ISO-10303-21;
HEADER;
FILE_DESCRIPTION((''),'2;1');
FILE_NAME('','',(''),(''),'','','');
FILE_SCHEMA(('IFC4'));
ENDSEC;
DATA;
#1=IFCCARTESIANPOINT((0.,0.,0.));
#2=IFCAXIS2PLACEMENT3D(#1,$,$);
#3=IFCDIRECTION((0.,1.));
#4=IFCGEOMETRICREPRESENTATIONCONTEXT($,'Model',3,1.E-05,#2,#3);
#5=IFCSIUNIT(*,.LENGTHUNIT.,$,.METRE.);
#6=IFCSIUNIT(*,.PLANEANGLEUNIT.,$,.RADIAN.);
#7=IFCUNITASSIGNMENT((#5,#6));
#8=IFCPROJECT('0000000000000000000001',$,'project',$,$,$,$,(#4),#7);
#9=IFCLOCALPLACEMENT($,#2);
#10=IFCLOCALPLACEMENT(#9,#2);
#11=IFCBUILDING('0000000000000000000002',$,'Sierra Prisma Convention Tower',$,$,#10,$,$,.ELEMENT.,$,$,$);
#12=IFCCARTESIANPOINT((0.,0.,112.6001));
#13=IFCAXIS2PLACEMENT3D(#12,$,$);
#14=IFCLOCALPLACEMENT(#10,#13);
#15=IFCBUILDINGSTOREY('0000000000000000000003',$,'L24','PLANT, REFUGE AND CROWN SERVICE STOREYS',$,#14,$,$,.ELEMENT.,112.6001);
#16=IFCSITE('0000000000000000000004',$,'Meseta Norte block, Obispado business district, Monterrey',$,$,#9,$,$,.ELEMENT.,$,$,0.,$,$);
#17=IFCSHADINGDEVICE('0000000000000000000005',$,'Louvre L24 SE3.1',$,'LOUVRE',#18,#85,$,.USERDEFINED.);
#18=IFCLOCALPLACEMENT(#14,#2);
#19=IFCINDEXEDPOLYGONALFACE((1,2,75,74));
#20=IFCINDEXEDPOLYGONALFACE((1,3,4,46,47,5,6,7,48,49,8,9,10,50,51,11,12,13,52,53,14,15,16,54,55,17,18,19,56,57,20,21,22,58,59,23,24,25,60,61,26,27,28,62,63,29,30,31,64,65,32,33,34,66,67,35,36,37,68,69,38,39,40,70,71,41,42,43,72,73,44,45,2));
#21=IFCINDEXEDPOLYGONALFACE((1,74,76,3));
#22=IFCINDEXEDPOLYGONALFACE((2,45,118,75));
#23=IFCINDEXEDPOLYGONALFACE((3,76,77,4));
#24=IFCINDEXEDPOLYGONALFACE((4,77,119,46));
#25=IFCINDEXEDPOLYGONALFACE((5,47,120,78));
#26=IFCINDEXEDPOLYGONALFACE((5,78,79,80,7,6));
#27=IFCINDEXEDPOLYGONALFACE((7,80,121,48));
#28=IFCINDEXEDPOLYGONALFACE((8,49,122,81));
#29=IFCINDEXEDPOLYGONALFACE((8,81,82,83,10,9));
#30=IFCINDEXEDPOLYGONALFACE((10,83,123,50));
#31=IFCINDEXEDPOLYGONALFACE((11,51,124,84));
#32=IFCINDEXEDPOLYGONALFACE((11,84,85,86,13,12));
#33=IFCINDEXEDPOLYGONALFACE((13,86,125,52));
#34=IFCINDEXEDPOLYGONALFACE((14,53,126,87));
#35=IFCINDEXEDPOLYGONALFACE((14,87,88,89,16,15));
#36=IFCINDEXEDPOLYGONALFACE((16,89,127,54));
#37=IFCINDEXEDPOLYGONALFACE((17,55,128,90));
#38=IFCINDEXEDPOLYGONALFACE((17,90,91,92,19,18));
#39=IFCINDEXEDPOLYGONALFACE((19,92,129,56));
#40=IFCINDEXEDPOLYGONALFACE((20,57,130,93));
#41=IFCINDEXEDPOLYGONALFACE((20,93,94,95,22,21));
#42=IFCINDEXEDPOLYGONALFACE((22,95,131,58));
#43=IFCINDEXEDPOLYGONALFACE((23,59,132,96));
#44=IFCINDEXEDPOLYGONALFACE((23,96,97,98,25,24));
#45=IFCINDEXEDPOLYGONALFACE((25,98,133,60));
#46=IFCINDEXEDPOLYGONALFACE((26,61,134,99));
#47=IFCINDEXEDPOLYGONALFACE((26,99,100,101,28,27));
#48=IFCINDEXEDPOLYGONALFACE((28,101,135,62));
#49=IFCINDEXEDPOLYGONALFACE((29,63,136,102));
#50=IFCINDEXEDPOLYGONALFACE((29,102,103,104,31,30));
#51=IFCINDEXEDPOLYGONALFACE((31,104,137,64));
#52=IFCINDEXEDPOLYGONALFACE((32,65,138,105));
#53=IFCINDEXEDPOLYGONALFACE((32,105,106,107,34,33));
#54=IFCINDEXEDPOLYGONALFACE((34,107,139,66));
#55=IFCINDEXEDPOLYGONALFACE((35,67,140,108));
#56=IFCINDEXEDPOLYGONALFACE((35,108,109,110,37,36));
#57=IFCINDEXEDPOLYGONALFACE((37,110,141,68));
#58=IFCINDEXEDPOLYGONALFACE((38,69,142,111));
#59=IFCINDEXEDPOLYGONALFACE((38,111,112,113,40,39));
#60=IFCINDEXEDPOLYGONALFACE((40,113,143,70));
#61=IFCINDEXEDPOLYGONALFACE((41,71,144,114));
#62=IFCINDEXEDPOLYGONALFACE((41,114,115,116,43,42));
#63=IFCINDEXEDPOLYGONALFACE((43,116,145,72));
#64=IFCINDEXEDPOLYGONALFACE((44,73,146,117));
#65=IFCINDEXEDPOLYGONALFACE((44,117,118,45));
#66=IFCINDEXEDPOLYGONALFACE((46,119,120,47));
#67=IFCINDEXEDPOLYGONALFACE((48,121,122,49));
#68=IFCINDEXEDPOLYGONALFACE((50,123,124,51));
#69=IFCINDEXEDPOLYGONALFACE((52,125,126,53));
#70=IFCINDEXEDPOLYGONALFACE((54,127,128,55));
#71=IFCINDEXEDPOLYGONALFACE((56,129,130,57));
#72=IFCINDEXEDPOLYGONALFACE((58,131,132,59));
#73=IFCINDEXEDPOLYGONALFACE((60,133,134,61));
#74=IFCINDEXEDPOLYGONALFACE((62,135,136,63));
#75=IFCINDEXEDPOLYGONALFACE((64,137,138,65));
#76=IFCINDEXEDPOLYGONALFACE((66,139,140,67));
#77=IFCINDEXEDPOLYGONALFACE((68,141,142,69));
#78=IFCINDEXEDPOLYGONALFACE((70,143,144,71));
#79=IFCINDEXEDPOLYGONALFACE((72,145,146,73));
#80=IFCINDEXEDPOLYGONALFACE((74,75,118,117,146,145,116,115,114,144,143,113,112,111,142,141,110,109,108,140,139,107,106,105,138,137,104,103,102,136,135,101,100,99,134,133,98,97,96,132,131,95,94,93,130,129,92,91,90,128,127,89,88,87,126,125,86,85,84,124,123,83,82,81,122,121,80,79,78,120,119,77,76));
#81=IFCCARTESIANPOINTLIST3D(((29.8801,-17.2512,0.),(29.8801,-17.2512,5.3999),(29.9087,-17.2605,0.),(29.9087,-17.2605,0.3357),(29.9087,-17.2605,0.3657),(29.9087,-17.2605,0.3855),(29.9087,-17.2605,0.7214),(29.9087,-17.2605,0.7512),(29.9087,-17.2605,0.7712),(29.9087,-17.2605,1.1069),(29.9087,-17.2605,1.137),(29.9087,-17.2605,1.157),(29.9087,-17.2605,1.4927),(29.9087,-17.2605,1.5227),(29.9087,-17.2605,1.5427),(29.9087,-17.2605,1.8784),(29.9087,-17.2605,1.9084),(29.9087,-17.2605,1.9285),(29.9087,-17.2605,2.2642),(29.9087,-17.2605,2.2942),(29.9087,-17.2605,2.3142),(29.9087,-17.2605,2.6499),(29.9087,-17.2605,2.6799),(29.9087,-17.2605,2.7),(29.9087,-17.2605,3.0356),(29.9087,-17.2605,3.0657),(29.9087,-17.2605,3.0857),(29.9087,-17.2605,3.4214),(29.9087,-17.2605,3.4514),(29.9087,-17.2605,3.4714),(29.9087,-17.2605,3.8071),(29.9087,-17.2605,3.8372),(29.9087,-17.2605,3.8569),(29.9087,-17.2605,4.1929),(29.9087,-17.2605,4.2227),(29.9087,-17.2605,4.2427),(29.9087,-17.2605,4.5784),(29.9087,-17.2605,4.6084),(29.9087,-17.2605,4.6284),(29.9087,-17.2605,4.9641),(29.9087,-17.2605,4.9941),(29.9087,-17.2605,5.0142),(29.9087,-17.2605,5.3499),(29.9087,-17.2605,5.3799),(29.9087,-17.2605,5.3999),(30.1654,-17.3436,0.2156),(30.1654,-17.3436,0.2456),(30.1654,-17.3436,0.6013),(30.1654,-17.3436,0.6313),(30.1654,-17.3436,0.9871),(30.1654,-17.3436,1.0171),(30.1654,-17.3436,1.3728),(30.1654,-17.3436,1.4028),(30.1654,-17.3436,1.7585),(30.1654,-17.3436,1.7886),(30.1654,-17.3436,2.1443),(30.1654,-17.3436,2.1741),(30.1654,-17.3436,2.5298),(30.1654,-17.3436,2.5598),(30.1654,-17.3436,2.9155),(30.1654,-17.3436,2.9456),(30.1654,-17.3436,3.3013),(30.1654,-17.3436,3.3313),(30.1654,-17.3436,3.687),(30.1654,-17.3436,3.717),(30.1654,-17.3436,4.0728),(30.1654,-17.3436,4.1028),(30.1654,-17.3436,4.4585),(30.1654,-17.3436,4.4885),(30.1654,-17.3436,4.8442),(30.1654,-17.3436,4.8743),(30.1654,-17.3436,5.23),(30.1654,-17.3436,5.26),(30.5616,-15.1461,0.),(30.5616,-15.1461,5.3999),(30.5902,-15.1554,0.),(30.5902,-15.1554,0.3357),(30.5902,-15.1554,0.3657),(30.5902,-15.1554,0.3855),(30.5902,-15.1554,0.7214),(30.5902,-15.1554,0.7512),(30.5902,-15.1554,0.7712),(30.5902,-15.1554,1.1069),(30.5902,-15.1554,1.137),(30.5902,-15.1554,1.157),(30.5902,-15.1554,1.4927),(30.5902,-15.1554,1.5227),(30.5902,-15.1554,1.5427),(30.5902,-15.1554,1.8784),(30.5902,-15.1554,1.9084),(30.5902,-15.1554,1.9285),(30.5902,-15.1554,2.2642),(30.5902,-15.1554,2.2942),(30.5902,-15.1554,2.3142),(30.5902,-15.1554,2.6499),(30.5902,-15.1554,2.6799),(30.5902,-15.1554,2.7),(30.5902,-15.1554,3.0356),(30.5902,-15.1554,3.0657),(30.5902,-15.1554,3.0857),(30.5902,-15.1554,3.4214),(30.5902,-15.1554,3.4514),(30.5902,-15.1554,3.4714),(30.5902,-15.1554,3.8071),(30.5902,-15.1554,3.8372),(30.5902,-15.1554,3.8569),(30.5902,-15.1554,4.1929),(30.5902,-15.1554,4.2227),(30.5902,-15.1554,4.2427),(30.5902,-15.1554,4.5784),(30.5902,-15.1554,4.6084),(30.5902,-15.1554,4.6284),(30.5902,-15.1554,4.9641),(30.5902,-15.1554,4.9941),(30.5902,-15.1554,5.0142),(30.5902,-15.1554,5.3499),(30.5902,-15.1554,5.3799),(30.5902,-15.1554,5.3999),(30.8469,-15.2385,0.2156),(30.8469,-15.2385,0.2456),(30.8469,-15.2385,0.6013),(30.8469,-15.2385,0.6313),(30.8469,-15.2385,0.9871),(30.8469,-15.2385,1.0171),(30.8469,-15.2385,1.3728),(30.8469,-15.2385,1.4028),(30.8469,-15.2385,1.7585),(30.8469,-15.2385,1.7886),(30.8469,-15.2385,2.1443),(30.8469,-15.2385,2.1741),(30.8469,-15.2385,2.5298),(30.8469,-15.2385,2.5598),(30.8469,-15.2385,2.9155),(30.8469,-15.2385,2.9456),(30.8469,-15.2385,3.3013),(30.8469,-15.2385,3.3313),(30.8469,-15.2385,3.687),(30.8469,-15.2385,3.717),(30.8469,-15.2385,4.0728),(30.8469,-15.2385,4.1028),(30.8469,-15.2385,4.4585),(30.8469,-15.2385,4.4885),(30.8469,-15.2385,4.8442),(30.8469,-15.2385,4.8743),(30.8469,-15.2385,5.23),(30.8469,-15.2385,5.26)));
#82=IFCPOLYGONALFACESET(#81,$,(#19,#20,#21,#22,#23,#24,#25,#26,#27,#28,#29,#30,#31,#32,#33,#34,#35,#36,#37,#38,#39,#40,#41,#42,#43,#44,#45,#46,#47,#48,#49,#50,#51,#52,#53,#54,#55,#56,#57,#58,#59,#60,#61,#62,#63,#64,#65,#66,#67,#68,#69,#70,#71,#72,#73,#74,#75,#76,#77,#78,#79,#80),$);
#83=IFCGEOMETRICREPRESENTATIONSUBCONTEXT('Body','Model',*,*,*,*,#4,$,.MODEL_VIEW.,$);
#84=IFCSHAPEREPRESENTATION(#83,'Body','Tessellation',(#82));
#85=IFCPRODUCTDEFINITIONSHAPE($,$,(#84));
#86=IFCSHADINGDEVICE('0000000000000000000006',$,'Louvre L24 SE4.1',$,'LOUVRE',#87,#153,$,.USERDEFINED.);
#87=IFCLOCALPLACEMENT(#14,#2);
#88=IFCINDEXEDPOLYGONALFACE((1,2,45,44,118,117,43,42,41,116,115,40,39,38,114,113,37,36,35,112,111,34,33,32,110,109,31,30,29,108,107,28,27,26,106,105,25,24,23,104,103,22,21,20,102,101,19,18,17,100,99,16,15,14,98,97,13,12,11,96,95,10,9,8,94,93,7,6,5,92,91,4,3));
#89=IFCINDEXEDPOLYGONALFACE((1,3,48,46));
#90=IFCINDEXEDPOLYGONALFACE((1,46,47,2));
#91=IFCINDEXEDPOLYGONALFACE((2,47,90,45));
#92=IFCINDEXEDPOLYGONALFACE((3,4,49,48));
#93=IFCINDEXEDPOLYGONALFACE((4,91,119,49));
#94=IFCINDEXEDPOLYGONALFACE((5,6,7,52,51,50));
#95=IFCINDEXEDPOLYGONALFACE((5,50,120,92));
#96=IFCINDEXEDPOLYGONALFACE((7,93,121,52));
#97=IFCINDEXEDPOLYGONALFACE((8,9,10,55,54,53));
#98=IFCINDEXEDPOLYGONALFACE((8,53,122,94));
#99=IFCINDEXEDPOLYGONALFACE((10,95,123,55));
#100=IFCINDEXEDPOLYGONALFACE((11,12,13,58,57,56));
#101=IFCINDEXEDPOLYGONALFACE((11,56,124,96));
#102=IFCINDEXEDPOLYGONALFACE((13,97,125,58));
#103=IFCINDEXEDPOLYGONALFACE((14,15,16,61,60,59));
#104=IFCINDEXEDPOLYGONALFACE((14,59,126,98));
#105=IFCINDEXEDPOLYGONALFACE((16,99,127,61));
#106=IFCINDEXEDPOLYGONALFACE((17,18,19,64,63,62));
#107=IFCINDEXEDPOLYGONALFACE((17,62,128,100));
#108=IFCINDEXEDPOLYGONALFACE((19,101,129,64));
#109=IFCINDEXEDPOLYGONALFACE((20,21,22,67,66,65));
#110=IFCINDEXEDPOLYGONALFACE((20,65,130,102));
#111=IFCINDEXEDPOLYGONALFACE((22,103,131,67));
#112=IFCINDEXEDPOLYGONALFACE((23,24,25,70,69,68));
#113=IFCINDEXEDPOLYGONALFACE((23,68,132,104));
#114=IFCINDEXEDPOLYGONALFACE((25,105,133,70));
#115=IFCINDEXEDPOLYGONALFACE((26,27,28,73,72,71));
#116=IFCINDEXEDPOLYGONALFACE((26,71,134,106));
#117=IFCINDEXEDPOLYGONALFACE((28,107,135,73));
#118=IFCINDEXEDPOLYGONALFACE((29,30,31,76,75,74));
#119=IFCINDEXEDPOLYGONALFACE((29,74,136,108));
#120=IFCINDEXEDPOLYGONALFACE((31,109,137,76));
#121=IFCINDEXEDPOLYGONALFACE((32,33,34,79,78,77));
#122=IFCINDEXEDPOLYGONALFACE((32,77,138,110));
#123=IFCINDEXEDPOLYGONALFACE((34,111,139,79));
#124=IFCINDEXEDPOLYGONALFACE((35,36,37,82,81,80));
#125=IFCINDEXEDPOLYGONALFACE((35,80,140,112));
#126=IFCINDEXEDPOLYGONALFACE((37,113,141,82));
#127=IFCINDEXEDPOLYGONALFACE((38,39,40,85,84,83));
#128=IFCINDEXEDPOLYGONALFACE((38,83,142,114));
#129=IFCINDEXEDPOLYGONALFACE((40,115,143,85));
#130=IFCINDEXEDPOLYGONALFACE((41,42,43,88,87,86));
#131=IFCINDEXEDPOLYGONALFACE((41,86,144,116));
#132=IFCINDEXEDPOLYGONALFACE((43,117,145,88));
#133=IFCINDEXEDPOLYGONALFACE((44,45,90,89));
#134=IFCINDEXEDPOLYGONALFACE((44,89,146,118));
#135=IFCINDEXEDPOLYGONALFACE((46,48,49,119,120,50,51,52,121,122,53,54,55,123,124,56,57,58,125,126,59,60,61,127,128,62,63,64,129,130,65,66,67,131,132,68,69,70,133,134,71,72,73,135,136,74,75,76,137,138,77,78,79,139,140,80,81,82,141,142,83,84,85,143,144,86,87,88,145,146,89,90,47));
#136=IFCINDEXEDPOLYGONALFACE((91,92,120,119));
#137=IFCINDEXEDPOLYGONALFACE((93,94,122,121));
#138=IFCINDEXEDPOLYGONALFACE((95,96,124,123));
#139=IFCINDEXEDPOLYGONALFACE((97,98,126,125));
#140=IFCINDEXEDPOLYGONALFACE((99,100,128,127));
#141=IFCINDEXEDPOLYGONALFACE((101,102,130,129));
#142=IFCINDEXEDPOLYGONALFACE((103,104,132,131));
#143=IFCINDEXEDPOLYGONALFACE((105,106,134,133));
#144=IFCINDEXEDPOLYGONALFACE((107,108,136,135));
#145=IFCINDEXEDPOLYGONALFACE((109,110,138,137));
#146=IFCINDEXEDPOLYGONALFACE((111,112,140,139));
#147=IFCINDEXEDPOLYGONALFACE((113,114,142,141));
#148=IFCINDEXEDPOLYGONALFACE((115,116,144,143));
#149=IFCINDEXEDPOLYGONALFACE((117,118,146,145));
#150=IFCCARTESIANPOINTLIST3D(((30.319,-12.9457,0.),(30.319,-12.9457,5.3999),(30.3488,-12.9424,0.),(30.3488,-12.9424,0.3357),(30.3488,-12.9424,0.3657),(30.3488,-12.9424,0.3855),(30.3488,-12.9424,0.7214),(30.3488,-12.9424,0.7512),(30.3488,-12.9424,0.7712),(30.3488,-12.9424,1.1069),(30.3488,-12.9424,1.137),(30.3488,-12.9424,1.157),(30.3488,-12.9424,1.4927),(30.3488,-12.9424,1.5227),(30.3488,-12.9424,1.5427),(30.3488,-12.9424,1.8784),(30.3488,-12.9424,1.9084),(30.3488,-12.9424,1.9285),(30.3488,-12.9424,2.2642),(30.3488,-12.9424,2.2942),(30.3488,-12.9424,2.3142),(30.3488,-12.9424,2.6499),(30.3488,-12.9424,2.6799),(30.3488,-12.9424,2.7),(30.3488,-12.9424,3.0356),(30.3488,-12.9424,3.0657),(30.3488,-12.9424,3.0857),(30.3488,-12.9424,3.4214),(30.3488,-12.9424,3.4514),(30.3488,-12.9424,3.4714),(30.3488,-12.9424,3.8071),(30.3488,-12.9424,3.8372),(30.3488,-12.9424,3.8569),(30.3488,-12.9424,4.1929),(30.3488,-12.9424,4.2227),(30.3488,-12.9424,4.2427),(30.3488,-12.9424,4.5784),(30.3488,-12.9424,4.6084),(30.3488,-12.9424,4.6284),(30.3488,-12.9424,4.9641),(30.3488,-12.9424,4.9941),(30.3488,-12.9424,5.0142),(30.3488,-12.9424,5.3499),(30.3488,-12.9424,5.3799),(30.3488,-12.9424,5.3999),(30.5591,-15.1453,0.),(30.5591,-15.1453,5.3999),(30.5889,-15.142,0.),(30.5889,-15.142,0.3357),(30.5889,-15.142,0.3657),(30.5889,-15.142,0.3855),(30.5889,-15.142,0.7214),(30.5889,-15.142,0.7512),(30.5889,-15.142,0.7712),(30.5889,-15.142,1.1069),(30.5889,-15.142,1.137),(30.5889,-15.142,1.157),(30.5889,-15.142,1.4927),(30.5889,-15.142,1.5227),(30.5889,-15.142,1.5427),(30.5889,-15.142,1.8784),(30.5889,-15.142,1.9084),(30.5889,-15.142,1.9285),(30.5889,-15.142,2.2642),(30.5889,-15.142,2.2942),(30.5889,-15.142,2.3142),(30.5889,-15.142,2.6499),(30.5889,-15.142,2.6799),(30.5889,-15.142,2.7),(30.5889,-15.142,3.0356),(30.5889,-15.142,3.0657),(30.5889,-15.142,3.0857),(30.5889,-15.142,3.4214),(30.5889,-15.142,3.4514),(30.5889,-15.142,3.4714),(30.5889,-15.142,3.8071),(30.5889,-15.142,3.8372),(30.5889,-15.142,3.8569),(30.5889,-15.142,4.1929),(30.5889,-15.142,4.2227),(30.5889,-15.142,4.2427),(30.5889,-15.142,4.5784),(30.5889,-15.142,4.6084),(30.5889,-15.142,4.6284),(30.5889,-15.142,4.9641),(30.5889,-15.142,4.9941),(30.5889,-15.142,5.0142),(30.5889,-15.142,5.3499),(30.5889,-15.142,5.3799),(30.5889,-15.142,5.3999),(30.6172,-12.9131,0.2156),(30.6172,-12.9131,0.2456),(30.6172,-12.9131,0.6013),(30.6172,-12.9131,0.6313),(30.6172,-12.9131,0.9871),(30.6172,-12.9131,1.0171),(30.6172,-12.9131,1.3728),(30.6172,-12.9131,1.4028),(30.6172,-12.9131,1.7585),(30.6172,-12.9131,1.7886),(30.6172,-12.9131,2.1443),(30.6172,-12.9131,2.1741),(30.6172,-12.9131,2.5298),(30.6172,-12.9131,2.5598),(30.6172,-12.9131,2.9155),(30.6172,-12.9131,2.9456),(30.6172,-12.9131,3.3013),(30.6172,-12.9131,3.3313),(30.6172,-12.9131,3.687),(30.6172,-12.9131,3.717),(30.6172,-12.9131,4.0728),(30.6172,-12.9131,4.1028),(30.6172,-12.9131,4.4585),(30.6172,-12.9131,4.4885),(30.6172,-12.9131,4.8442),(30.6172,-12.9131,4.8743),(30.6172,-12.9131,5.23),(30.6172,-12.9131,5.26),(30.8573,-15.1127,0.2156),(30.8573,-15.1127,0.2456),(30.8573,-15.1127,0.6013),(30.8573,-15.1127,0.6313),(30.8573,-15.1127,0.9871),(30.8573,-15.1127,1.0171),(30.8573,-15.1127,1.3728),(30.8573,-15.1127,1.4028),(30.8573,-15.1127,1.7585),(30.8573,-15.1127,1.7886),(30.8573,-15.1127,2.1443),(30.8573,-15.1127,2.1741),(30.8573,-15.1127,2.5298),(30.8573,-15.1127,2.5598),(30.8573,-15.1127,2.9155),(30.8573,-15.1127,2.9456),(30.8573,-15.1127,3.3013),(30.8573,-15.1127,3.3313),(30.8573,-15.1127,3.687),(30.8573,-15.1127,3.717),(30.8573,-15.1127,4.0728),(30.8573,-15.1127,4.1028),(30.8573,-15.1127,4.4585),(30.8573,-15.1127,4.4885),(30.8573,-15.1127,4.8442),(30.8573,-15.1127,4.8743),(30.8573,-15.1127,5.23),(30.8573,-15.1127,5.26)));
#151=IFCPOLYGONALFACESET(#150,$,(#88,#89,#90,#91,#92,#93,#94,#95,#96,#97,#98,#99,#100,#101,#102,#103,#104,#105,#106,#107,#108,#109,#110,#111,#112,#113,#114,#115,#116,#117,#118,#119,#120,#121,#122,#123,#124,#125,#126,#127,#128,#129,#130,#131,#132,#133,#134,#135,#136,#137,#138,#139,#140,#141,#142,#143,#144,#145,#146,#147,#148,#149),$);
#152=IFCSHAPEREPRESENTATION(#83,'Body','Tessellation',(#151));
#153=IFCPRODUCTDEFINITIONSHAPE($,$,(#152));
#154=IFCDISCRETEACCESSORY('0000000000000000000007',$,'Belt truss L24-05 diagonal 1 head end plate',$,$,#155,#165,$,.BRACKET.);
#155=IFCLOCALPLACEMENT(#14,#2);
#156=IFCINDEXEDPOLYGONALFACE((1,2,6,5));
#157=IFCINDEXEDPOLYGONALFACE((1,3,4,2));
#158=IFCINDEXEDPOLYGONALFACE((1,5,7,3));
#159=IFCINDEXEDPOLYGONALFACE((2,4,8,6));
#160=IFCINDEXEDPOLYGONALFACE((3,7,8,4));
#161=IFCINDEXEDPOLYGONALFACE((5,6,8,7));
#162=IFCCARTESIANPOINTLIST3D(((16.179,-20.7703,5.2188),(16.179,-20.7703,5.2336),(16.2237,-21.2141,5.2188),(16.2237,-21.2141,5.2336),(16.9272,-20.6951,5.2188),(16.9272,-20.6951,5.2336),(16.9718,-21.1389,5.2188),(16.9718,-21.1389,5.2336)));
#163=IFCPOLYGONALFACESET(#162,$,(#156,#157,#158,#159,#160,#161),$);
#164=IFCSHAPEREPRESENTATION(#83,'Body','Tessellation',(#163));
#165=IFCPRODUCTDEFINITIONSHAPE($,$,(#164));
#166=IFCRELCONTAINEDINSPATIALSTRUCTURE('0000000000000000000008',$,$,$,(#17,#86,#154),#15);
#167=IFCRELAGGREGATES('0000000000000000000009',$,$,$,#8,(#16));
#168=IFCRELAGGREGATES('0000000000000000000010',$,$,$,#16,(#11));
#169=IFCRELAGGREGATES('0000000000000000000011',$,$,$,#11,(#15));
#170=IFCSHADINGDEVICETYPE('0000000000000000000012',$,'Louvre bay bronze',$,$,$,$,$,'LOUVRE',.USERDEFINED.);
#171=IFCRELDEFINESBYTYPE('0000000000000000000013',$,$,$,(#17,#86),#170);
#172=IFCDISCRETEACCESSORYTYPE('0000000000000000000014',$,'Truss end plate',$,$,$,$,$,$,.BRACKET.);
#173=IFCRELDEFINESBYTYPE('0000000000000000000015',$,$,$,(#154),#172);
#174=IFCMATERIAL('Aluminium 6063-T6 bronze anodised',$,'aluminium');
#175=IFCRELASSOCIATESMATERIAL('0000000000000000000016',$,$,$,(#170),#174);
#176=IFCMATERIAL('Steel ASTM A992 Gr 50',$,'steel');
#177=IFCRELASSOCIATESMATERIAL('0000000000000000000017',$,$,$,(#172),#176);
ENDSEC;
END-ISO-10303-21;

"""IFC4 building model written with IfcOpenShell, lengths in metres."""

from ifc_helpers import new_model, si_unit, direction, frame, origin, origin_2d, place, context, subcontext, project, spatial, polyline, rectangle, outline, extrude, material, type_object, element, save


model = new_model("IFC4")

# Units and contexts
model_context = context("Model", 3, precision=1e-05, world=origin(), true_north=direction((0.0, 1.0)))
body_context = subcontext(model_context, "Body", "Model", "MODEL_VIEW")
ifc_project = project(units=[si_unit("LENGTHUNIT", "METRE"), si_unit("PLANEANGLEUNIT", "RADIAN")], contexts=[model_context])

# Site, building, storey
site_placement = place(None, origin())
site = spatial("IfcSite", under=ifc_project, at=site_placement, Name="Meseta Norte block, Obispado business district, Monterrey", CompositionType="ELEMENT", RefElevation=0.0)
building_placement = place(site_placement, origin())
building = spatial("IfcBuilding", under=site, at=building_placement, Name="Sierra Prisma Convention Tower", CompositionType="ELEMENT")
storey_placement = place(building_placement, frame((0.0, 0.0, 112.6001)))
storey = spatial("IfcBuildingStorey", under=building, at=storey_placement, Name="L24", Description="PLANT, REFUGE AND CROWN SERVICE STOREYS", CompositionType="ELEMENT", Elevation=112.6001)

# Shading devices
ifc_material_1 = material(Name="Aluminium 6063-T6 bronze anodised", Category="aluminium")
shading_device_type = type_object("IfcShadingDeviceType", Name="Louvre bay bronze", ElementType="LOUVRE", PredefinedType="USERDEFINED", material=ifc_material_1)
shading_device_1_placement = place(storey_placement, frame((29.8801, -17.2512, 0.0), z_axis=(-0.308001, -0.951386, 0.0), x_axis=(0.0, 0.0, 1.0)))
element("IfcShadingDevice", 1, at=shading_device_1_placement, inside=storey, type_object=shading_device_type, Name="Louvre L24 SE3.1", ObjectType="LOUVRE", PredefinedType="USERDEFINED", context=body_context, shape_type="SweptSolid", body=[
    extrude(outline(polyline([(0.0, 0.0), (5.3999, 0.0), (5.3999, -0.03), (5.3799, -0.03), (5.26, -0.2999), (5.23, -0.2999), (5.3499, -0.03), (5.0142, -0.03), (4.9941, -0.03), (4.8743, -0.2999), (4.8442, -0.2999), (4.9641, -0.03), (4.6284, -0.03), (4.6084, -0.03), (4.4885, -0.2999), (4.4585, -0.2999), (4.5784, -0.03), (4.2427, -0.03), (4.2227, -0.03), (4.1028, -0.2999), (4.0728, -0.2999), (4.1929, -0.03), (3.8569, -0.03), (3.8372, -0.03), (3.717, -0.2999), (3.687, -0.2999), (3.8071, -0.03), (3.4714, -0.03), (3.4514, -0.03), (3.3313, -0.2999), (3.3013, -0.2999), (3.4214, -0.03), (3.0857, -0.03), (3.0657, -0.03), (2.9456, -0.2999), (2.9155, -0.2999), (3.0356, -0.03), (2.7, -0.03), (2.6799, -0.03), (2.5598, -0.2999), (2.5298, -0.2999), (2.6499, -0.03), (2.3142, -0.03), (2.2942, -0.03), (2.1741, -0.2999), (2.1443, -0.2999), (2.2642, -0.03), (1.9285, -0.03), (1.9084, -0.03), (1.7886, -0.2999), (1.7585, -0.2999), (1.8784, -0.03), (1.5427, -0.03), (1.5227, -0.03), (1.4028, -0.2999), (1.3728, -0.2999), (1.4927, -0.03), (1.157, -0.03), (1.137, -0.03), (1.0171, -0.2999), (0.9871, -0.2999), (1.1069, -0.03), (0.7712, -0.03), (0.7512, -0.03), (0.6313, -0.2999), (0.6013, -0.2999), (0.7214, -0.03), (0.3855, -0.03), (0.3657, -0.03), (0.2456, -0.2999), (0.2156, -0.2999), (0.3357, -0.03), (0.0, -0.03), (0.0, 0.0)])), origin(), (0.0, 0.0, -1.0), 2.2126),
])
shading_device_2_placement = place(storey_placement, frame((30.5591, -15.1453, 0.0), z_axis=(0.108497, -0.994097, 0.0), x_axis=(0.0, 0.0, 1.0)))
element("IfcShadingDevice", 2, at=shading_device_2_placement, inside=storey, type_object=shading_device_type, Name="Louvre L24 SE4.1", ObjectType="LOUVRE", PredefinedType="USERDEFINED", context=body_context, shape_type="SweptSolid", body=[
    extrude(outline(polyline([(0.0, 0.0), (5.3999, 0.0), (5.3999, -0.03), (5.3799, -0.03), (5.26, -0.3), (5.23, -0.3), (5.3499, -0.03), (5.0142, -0.03), (4.9941, -0.03), (4.8743, -0.3), (4.8442, -0.3), (4.9641, -0.03), (4.6284, -0.03), (4.6084, -0.03), (4.4885, -0.3), (4.4585, -0.3), (4.5784, -0.03), (4.2427, -0.03), (4.2227, -0.03), (4.1028, -0.3), (4.0728, -0.3), (4.1929, -0.03), (3.8569, -0.03), (3.8372, -0.03), (3.717, -0.3), (3.687, -0.3), (3.8071, -0.03), (3.4714, -0.03), (3.4514, -0.03), (3.3313, -0.3), (3.3013, -0.3), (3.4214, -0.03), (3.0857, -0.03), (3.0657, -0.03), (2.9456, -0.3), (2.9155, -0.3), (3.0356, -0.03), (2.7, -0.03), (2.6799, -0.03), (2.5598, -0.3), (2.5298, -0.3), (2.6499, -0.03), (2.3142, -0.03), (2.2942, -0.03), (2.1741, -0.3), (2.1443, -0.3), (2.2642, -0.03), (1.9285, -0.03), (1.9084, -0.03), (1.7886, -0.3), (1.7585, -0.3), (1.8784, -0.03), (1.5427, -0.03), (1.5227, -0.03), (1.4028, -0.3), (1.3728, -0.3), (1.4927, -0.03), (1.157, -0.03), (1.137, -0.03), (1.0171, -0.3), (0.9871, -0.3), (1.1069, -0.03), (0.7712, -0.03), (0.7512, -0.03), (0.6313, -0.3), (0.6013, -0.3), (0.7214, -0.03), (0.3855, -0.03), (0.3657, -0.03), (0.2456, -0.3), (0.2156, -0.3), (0.3357, -0.03), (0.0, -0.03), (0.0, 0.0)])), origin(), (0.0, 0.0, -1.0), 2.2126),
])

# Discrete accessory
ifc_material_2 = material(Name="Steel ASTM A992 Gr 50", Category="steel")
discrete_accessory_type = type_object("IfcDiscreteAccessoryType", Name="Truss end plate", PredefinedType="BRACKET", material=ifc_material_2)
discrete_accessory_1_placement = place(storey_placement, frame((16.5754, -20.9546, 5.2188), z_axis=(0.0, 0.0, 1.0), x_axis=(0.994983, 0.100047, 0.0)))
element("IfcDiscreteAccessory", 3, at=discrete_accessory_1_placement, inside=storey, type_object=discrete_accessory_type, Name="Belt truss L24-05 diagonal 1 head end plate", PredefinedType="BRACKET", context=body_context, shape_type="SweptSolid", body=[
    extrude(rectangle(XDim=0.752, YDim=0.446, at=origin_2d()), origin(), (0.0, 0.0, 1.0), 0.0149),
])

save(model, "model.ifc")
